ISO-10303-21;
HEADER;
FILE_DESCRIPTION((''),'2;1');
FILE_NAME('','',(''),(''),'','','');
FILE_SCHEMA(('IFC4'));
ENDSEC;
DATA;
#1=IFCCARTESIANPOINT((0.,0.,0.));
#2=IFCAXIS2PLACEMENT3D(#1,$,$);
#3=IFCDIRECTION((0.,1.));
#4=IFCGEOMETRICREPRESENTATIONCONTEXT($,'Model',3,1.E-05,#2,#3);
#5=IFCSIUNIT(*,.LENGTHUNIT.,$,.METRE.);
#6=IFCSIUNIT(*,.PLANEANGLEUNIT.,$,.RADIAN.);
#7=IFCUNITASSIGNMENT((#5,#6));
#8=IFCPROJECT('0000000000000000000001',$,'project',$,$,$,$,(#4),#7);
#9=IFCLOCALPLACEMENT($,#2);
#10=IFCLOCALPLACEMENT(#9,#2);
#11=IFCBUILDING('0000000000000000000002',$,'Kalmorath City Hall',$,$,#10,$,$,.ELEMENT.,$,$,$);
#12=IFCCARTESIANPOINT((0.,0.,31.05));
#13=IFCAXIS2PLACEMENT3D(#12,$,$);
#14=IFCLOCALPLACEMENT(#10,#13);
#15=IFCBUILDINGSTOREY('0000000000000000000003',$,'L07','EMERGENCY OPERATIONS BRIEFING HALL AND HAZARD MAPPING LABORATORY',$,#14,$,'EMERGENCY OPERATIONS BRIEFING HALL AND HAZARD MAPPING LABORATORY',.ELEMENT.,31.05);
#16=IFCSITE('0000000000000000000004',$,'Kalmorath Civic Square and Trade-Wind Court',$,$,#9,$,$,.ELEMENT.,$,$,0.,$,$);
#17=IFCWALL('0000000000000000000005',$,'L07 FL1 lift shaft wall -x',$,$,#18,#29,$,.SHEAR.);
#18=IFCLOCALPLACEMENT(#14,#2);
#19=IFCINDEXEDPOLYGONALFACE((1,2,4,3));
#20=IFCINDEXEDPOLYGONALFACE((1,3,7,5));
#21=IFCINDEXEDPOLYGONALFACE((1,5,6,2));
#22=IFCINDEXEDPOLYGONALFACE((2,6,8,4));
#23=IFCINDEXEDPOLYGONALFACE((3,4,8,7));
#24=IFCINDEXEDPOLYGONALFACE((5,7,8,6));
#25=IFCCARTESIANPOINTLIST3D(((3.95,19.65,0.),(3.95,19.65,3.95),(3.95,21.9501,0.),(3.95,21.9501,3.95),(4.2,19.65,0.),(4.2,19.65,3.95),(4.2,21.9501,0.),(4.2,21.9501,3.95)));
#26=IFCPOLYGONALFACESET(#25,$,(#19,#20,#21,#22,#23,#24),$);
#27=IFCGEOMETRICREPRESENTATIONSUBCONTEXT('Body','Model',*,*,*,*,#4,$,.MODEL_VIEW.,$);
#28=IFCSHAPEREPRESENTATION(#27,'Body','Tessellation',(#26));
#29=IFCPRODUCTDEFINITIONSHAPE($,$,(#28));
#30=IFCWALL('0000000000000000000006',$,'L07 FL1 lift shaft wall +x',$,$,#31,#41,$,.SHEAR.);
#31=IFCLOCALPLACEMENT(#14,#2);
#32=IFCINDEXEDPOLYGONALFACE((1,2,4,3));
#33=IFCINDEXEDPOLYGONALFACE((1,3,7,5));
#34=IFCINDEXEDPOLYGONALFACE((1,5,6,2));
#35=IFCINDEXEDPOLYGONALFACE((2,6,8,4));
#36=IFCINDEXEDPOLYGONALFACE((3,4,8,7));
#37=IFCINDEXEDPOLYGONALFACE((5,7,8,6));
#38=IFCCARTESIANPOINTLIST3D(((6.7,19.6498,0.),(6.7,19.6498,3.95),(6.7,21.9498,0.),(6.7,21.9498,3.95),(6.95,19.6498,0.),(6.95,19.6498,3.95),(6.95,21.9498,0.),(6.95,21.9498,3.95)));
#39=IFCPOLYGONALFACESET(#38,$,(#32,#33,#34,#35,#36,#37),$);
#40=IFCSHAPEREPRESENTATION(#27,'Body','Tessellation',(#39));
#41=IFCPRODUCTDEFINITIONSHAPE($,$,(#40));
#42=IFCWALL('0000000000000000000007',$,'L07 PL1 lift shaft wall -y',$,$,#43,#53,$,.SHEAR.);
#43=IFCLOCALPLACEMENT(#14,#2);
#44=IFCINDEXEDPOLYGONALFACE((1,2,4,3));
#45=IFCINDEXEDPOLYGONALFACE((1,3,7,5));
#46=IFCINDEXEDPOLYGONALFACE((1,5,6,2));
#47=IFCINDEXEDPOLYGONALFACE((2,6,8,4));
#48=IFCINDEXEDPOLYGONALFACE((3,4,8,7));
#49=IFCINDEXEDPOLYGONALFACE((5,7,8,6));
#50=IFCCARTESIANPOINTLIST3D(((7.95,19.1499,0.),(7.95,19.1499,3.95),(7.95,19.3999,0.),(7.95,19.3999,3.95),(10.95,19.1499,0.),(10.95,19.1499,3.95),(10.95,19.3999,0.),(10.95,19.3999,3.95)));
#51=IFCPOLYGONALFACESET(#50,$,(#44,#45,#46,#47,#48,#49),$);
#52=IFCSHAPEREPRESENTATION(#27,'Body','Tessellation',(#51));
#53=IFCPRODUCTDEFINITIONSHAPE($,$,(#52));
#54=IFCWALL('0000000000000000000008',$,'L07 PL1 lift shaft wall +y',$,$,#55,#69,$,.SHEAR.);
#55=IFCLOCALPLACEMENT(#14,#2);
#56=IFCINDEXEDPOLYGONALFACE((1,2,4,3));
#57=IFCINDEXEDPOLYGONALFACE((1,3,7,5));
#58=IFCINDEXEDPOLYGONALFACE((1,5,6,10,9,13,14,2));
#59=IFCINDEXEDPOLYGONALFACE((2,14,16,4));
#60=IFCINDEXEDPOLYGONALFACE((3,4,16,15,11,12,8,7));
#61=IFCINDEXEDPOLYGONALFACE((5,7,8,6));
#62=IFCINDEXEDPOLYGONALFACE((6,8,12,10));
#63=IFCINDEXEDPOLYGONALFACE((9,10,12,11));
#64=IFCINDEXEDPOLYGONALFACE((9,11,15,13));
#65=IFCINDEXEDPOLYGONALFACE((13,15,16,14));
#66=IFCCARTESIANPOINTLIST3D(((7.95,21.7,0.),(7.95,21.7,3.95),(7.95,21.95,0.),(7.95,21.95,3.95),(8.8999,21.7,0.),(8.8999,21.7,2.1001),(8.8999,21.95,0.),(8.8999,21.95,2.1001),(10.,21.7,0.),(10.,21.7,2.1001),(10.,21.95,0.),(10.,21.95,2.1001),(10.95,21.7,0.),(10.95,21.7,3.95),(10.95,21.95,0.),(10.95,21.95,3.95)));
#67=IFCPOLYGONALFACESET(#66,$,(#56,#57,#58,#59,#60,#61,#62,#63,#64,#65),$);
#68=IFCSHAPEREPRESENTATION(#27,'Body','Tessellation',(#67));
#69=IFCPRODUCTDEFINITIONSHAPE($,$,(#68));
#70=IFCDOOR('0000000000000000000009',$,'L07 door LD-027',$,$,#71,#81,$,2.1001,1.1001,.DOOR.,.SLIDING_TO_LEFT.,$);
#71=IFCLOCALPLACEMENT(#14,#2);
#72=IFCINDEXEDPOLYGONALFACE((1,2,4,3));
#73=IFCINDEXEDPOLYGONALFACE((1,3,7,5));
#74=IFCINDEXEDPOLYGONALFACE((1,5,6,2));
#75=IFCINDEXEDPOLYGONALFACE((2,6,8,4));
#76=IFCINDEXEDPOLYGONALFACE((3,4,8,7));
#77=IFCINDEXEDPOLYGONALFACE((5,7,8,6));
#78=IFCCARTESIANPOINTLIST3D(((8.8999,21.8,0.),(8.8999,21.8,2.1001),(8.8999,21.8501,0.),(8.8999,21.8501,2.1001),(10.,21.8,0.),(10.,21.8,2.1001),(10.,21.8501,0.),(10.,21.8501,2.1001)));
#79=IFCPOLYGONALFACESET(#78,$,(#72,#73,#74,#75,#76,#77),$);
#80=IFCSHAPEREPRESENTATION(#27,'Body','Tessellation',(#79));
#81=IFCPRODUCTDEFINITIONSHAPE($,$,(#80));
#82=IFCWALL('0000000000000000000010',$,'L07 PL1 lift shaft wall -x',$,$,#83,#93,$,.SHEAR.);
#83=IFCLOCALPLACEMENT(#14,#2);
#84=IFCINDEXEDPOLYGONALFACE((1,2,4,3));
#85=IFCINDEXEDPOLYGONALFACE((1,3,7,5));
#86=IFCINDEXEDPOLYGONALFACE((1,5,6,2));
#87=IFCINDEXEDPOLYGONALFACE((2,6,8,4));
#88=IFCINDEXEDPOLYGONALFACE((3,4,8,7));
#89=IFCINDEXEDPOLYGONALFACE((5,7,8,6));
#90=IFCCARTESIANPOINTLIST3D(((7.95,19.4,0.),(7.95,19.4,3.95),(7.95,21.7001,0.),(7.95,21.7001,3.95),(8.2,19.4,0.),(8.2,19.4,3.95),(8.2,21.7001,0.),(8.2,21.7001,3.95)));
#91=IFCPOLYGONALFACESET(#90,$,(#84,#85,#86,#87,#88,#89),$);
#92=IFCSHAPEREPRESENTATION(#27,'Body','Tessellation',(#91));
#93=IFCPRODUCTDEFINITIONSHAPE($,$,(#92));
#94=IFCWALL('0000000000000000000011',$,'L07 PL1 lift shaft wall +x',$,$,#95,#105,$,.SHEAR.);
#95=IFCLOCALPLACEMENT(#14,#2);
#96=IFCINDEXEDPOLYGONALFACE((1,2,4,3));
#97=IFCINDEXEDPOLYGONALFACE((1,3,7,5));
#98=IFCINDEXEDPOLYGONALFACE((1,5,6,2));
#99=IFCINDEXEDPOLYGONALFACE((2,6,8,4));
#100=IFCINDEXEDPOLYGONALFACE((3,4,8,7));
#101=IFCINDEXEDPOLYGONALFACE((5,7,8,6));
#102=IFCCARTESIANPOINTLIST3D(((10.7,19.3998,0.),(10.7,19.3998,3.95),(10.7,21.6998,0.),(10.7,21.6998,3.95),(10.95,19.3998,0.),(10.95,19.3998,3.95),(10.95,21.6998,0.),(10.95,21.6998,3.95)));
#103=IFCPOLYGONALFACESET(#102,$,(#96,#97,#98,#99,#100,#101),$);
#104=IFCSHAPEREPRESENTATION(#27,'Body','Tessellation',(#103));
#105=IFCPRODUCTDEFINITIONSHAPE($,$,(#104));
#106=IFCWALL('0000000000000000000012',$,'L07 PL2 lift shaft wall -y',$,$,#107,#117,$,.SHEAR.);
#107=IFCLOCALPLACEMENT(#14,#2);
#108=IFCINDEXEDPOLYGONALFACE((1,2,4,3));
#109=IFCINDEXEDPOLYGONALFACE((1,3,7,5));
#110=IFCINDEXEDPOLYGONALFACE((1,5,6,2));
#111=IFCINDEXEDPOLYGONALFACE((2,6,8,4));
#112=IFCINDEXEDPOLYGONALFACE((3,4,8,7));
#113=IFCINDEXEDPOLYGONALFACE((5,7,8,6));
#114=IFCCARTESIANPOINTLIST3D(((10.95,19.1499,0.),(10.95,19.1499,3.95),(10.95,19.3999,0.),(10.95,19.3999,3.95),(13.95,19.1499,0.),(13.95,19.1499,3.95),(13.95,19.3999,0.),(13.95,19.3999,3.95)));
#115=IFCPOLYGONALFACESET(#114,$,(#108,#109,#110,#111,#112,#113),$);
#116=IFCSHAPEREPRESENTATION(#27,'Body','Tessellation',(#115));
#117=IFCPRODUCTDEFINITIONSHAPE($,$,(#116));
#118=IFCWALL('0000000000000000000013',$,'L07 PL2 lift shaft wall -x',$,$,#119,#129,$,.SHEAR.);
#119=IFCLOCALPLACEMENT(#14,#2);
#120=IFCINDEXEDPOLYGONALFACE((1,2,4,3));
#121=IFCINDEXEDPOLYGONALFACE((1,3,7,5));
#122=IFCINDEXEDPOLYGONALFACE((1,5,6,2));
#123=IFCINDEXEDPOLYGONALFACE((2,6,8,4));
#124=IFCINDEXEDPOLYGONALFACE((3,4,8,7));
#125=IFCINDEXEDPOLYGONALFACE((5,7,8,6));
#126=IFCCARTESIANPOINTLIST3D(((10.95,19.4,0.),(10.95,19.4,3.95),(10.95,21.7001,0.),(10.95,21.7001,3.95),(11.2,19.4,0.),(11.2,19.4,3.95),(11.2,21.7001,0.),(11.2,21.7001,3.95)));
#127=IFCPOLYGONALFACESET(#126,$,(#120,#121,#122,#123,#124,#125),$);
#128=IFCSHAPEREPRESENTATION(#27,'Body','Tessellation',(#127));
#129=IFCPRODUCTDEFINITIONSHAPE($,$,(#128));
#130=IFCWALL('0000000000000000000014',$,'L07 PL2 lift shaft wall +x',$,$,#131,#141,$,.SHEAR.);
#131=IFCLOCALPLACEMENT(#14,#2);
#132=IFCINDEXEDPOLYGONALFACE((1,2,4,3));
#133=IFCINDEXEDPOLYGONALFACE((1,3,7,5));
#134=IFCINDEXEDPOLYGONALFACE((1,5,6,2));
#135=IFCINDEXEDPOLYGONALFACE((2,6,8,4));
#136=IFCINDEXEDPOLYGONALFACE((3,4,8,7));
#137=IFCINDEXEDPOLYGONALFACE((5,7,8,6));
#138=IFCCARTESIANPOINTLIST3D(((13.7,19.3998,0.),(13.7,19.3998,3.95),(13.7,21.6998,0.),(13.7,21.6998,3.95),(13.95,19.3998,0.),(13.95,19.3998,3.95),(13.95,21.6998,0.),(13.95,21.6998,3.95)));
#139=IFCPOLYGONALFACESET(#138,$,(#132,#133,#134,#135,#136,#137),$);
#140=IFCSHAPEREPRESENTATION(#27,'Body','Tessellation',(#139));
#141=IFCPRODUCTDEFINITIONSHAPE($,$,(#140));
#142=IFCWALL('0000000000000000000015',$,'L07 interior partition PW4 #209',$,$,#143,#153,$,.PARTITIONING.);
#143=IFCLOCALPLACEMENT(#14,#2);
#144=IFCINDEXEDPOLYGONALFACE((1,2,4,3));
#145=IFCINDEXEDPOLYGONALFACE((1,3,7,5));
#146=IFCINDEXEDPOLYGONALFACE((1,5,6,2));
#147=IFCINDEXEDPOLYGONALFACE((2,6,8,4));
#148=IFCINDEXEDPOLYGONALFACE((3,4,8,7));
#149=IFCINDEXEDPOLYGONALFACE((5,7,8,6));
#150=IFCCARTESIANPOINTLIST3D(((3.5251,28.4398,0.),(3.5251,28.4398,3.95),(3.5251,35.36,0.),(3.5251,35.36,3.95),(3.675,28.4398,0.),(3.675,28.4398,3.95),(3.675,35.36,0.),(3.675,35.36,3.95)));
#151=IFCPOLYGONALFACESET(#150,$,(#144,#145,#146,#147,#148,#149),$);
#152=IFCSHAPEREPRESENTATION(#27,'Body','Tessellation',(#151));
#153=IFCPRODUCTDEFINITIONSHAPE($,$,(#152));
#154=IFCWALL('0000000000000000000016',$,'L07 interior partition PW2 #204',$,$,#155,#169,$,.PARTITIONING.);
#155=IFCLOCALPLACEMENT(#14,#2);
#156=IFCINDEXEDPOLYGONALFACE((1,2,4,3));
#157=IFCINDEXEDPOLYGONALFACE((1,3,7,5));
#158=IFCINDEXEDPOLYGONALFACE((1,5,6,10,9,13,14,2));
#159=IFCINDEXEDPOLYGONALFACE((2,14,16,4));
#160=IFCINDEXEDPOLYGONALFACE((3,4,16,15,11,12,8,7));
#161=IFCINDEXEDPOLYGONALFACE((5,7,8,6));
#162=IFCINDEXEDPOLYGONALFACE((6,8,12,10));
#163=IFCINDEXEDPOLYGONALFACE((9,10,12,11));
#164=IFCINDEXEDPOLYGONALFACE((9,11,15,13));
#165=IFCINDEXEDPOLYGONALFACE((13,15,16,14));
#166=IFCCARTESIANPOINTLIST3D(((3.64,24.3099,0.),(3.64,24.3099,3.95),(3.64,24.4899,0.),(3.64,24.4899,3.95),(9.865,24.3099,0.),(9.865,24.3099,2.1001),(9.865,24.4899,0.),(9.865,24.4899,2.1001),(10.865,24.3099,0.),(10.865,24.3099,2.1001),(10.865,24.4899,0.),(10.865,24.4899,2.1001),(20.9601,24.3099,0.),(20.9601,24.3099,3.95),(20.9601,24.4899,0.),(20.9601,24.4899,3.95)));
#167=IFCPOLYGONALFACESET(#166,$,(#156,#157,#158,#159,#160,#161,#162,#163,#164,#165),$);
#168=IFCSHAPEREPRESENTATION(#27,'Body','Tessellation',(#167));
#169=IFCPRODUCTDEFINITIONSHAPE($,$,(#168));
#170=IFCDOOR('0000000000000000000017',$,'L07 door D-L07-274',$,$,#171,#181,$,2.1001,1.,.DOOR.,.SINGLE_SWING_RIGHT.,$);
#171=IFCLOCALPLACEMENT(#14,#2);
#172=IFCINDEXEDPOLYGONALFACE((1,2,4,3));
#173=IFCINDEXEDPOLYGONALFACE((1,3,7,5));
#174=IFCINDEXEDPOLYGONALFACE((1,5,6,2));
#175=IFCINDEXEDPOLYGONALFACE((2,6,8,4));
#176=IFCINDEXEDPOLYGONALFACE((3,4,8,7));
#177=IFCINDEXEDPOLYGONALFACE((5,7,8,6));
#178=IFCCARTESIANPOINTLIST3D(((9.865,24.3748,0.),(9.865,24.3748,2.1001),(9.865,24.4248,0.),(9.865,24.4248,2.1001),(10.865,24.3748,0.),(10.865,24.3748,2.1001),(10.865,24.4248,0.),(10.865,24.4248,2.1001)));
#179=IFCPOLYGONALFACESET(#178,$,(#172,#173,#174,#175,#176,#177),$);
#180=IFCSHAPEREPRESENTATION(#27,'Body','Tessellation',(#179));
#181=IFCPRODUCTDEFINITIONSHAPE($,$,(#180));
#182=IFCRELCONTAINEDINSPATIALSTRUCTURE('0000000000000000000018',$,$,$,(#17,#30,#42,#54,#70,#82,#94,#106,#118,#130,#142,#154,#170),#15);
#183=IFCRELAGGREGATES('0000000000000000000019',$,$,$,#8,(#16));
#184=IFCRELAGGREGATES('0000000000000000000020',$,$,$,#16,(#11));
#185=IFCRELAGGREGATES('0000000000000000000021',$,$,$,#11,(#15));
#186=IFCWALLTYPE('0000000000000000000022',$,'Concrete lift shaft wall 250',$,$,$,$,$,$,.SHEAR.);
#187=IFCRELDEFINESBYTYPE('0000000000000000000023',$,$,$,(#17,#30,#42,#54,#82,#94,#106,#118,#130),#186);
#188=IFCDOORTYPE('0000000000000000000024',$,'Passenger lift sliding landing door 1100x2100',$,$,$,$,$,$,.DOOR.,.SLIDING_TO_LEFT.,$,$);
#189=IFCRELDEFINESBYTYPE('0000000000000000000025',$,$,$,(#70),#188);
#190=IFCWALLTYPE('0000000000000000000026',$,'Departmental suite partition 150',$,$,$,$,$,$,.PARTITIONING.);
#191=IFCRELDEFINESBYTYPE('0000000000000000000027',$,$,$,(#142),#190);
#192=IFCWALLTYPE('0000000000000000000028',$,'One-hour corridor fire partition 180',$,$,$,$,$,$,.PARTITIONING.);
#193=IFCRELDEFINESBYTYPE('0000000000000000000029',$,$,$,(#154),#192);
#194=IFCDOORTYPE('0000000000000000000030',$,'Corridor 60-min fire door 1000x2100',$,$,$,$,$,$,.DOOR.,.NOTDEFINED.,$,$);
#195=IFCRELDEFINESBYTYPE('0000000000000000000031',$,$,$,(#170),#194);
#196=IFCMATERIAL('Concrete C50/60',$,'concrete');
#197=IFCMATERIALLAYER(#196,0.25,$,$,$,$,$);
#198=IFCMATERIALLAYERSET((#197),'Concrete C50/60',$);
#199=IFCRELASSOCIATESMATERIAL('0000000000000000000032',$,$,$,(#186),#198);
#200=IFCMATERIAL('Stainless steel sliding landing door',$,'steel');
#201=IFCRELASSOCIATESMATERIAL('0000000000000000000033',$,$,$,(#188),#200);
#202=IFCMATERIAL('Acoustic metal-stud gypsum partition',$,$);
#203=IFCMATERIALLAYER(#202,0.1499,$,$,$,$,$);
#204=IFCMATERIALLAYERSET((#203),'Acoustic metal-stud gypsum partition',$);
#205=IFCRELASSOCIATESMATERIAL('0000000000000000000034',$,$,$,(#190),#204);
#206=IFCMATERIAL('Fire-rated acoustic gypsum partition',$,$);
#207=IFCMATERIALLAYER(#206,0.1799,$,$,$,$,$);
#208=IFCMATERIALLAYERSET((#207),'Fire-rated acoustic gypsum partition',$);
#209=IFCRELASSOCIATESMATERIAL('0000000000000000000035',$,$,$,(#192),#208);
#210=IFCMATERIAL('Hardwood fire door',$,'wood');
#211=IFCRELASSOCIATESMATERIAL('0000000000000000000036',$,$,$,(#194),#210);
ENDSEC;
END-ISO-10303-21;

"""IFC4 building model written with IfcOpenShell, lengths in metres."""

from ifc_helpers import new_model, si_unit, direction, frame, frame_2d, origin, place, context, subcontext, project, spatial, rectangle, extrude, material, layer, layer_set, type_object, element, fill, save


model = new_model("IFC4")

# Units and contexts
model_context = context("Model", 3, precision=1e-05, world=origin(), true_north=direction((0.0, 1.0)))
body_context = subcontext(model_context, "Body", "Model", "MODEL_VIEW")
ifc_project = project(units=[si_unit("LENGTHUNIT", "METRE"), si_unit("PLANEANGLEUNIT", "RADIAN")], contexts=[model_context])

# Site, building, storey
site_placement = place(None, origin())
site = spatial("IfcSite", under=ifc_project, at=site_placement, Name="Kalmorath Civic Square and Trade-Wind Court", CompositionType="ELEMENT", RefElevation=0.0)
building_placement = place(site_placement, origin())
building = spatial("IfcBuilding", under=site, at=building_placement, Name="Kalmorath City Hall", CompositionType="ELEMENT")
storey_placement = place(building_placement, frame((0.0, 0.0, 31.05)))
storey = spatial("IfcBuildingStorey", under=building, at=storey_placement, Name="L07", Description="EMERGENCY OPERATIONS BRIEFING HALL AND HAZARD MAPPING LABORATORY", LongName="EMERGENCY OPERATIONS BRIEFING HALL AND HAZARD MAPPING LABORATORY", CompositionType="ELEMENT", Elevation=31.05)

# Shared definitions
ifc_material_1 = material(Name="Concrete C50/60", Category="concrete")
ifc_layer_1 = layer(ifc_material_1, 0.25)
ifc_layer_set_1 = layer_set([ifc_layer_1], Name="Concrete C50/60")
wall_type_1 = type_object("IfcWallType", Name="Concrete lift shaft wall 250", PredefinedType="SHEAR", material=ifc_layer_set_1)

# Walls
for number, where, z_axis, x_axis, name in (
    (1, (4.075, 21.95, 0.0), (0.0, 0.0, 1.0), (0.0, -1.0, 0.0), "L07 FL1 lift shaft wall -x"),
    (2, (6.825, 19.6499, 0.0), (0.0, 0.0, 1.0), (0.0, 1.0, 0.0), "L07 FL1 lift shaft wall +x"),
):
    element("IfcWall", number, at=place(storey_placement, frame(where, z_axis=z_axis, x_axis=x_axis)), inside=storey, type_object=wall_type_1, Name=name, PredefinedType="SHEAR", context=body_context, shape_type="SweptSolid", body=[
        extrude(rectangle(XDim=2.3, YDim=0.25, at=frame_2d((1.1499, 0.0))), origin(), (0.0, 0.0, 1.0), 3.95),
    ])
wall_1_placement = place(storey_placement, frame((7.95, 19.2749, 0.0), z_axis=(0.0, 0.0, 1.0), x_axis=(1.0, 0.0, 0.0)))
element("IfcWall", 3, at=wall_1_placement, inside=storey, type_object=wall_type_1, Name="L07 PL1 lift shaft wall -y", PredefinedType="SHEAR", context=body_context, shape_type="SweptSolid", body=[
    extrude(rectangle(XDim=3.0, YDim=0.25, at=frame_2d((1.5, 0.0))), origin(), (0.0, 0.0, 1.0), 3.95),
])

# Wall, opening, door
wall_2_placement = place(storey_placement, frame((10.95, 21.825, 0.0), z_axis=(0.0, 0.0, 1.0), x_axis=(-1.0, 0.0, 0.0)))
wall_2 = element("IfcWall", 4, at=wall_2_placement, inside=storey, type_object=wall_type_1, Name="L07 PL1 lift shaft wall +y", PredefinedType="SHEAR", context=body_context, shape_type="SweptSolid", body=[
    extrude(rectangle(XDim=3.0, YDim=0.25, at=frame_2d((1.5, 0.0))), origin(), (0.0, 0.0, 1.0), 3.95),
])
opening_1_placement = place(wall_2_placement, frame((0.95, 0.0, 0.0)))
opening_1 = element("IfcOpeningElement", 5, at=opening_1_placement, cuts=wall_2, PredefinedType="OPENING", context=body_context, shape_type="SweptSolid", body=[
    extrude(rectangle(XDim=1.1001, YDim=2.1001, at=frame_2d((0.55, 1.05))), frame((0.0, 0.135, 0.0), z_axis=(0.0, -1.0, 0.0), x_axis=(1.0, 0.0, 0.0)), (0.0, 0.0, 1.0), 0.27),
])
ifc_material_2 = material(Name="Stainless steel sliding landing door", Category="steel")
door_type_1 = type_object("IfcDoorType", Name="Passenger lift sliding landing door 1100x2100", OperationType="SLIDING_TO_LEFT", PredefinedType="DOOR", material=ifc_material_2)
door_1_placement = place(opening_1_placement, origin())
door_1 = element("IfcDoor", 6, at=door_1_placement, inside=storey, type_object=door_type_1, Name="L07 door LD-027", OperationType="SLIDING_TO_LEFT", OverallHeight=2.1001, OverallWidth=1.1001, PredefinedType="DOOR", context=body_context, shape_type="SweptSolid", body=[
    extrude(rectangle(XDim=1.1001, YDim=2.1001, at=frame_2d((0.55, 1.05))), frame((0.0, 0.0249, 0.0), z_axis=(0.0, -1.0, 0.0), x_axis=(1.0, 0.0, 0.0)), (0.0, 0.0, 1.0), 0.05),
])
fill(opening_1, door_1)

# Walls
for number, where, z_axis, x_axis, name in (
    (7, (8.075, 21.7, 0.0), (0.0, 0.0, 1.0), (0.0, -1.0, 0.0), "L07 PL1 lift shaft wall -x"),
    (8, (10.825, 19.3999, 0.0), (0.0, 0.0, 1.0), (0.0, 1.0, 0.0), "L07 PL1 lift shaft wall +x"),
):
    element("IfcWall", number, at=place(storey_placement, frame(where, z_axis=z_axis, x_axis=x_axis)), inside=storey, type_object=wall_type_1, Name=name, PredefinedType="SHEAR", context=body_context, shape_type="SweptSolid", body=[
        extrude(rectangle(XDim=2.3, YDim=0.25, at=frame_2d((1.1499, 0.0))), origin(), (0.0, 0.0, 1.0), 3.95),
    ])
wall_3_placement = place(storey_placement, frame((10.95, 19.2749, 0.0), z_axis=(0.0, 0.0, 1.0), x_axis=(1.0, 0.0, 0.0)))
element("IfcWall", 9, at=wall_3_placement, inside=storey, type_object=wall_type_1, Name="L07 PL2 lift shaft wall -y", PredefinedType="SHEAR", context=body_context, shape_type="SweptSolid", body=[
    extrude(rectangle(XDim=3.0, YDim=0.25, at=frame_2d((1.5, 0.0))), origin(), (0.0, 0.0, 1.0), 3.95),
])
for number, where, z_axis, x_axis, name in (
    (10, (11.075, 21.7, 0.0), (0.0, 0.0, 1.0), (0.0, -1.0, 0.0), "L07 PL2 lift shaft wall -x"),
    (11, (13.825, 19.3999, 0.0), (0.0, 0.0, 1.0), (0.0, 1.0, 0.0), "L07 PL2 lift shaft wall +x"),
):
    element("IfcWall", number, at=place(storey_placement, frame(where, z_axis=z_axis, x_axis=x_axis)), inside=storey, type_object=wall_type_1, Name=name, PredefinedType="SHEAR", context=body_context, shape_type="SweptSolid", body=[
        extrude(rectangle(XDim=2.3, YDim=0.25, at=frame_2d((1.1499, 0.0))), origin(), (0.0, 0.0, 1.0), 3.95),
    ])
ifc_material_3 = material(Name="Acoustic metal-stud gypsum partition")
ifc_layer_2 = layer(ifc_material_3, 0.1499)
ifc_layer_set_2 = layer_set([ifc_layer_2], Name="Acoustic metal-stud gypsum partition")
wall_type_2 = type_object("IfcWallType", Name="Departmental suite partition 150", PredefinedType="PARTITIONING", material=ifc_layer_set_2)
wall_4_placement = place(storey_placement, frame((3.6001, 28.4399, 0.0), z_axis=(0.0, 0.0, 1.0), x_axis=(0.0, 1.0, 0.0)))
element("IfcWall", 12, at=wall_4_placement, inside=storey, type_object=wall_type_2, Name="L07 interior partition PW4 #209", PredefinedType="PARTITIONING", context=body_context, shape_type="SweptSolid", body=[
    extrude(rectangle(XDim=6.9202, YDim=0.1499, at=frame_2d((3.46, 0.0))), origin(), (0.0, 0.0, 1.0), 3.95),
])

# Wall, opening, door
ifc_material_4 = material(Name="Fire-rated acoustic gypsum partition")
ifc_layer_3 = layer(ifc_material_4, 0.1799)
ifc_layer_set_3 = layer_set([ifc_layer_3], Name="Fire-rated acoustic gypsum partition")
wall_type_3 = type_object("IfcWallType", Name="One-hour corridor fire partition 180", PredefinedType="PARTITIONING", material=ifc_layer_set_3)
wall_5_placement = place(storey_placement, frame((3.6399, 24.3999, 0.0), z_axis=(0.0, 0.0, 1.0), x_axis=(1.0, 0.0, 0.0)))
wall_5 = element("IfcWall", 13, at=wall_5_placement, inside=storey, type_object=wall_type_3, Name="L07 interior partition PW2 #204", PredefinedType="PARTITIONING", context=body_context, shape_type="SweptSolid", body=[
    extrude(rectangle(XDim=17.3201, YDim=0.1799, at=frame_2d((8.6602, 0.0))), origin(), (0.0, 0.0, 1.0), 3.95),
])
opening_2_placement = place(wall_5_placement, frame((6.2251, 0.0, 0.0)))
opening_2 = element("IfcOpeningElement", 14, at=opening_2_placement, cuts=wall_5, PredefinedType="OPENING", context=body_context, shape_type="SweptSolid", body=[
    extrude(rectangle(XDim=1.0, YDim=2.1001, at=frame_2d((0.5, 1.05))), frame((0.0, 0.0999, 0.0), z_axis=(0.0, -1.0, 0.0), x_axis=(1.0, 0.0, 0.0)), (0.0, 0.0, 1.0), 0.2),
])
ifc_material_5 = material(Name="Hardwood fire door", Category="wood")
door_type_2 = type_object("IfcDoorType", Name="Corridor 60-min fire door 1000x2100", OperationType="NOTDEFINED", PredefinedType="DOOR", material=ifc_material_5)
door_2_placement = place(opening_2_placement, origin())
door_2 = element("IfcDoor", 15, at=door_2_placement, inside=storey, type_object=door_type_2, Name="L07 door D-L07-274", OperationType="SINGLE_SWING_RIGHT", OverallHeight=2.1001, OverallWidth=1.0, PredefinedType="DOOR", context=body_context, shape_type="SweptSolid", body=[
    extrude(rectangle(XDim=1.0, YDim=2.1001, at=frame_2d((0.5, 1.05))), frame((0.0, 0.0249, 0.0), z_axis=(0.0, -1.0, 0.0), x_axis=(1.0, 0.0, 0.0)), (0.0, 0.0, 1.0), 0.05),
])
fill(opening_2, door_2)

save(model, "model.ifc")
